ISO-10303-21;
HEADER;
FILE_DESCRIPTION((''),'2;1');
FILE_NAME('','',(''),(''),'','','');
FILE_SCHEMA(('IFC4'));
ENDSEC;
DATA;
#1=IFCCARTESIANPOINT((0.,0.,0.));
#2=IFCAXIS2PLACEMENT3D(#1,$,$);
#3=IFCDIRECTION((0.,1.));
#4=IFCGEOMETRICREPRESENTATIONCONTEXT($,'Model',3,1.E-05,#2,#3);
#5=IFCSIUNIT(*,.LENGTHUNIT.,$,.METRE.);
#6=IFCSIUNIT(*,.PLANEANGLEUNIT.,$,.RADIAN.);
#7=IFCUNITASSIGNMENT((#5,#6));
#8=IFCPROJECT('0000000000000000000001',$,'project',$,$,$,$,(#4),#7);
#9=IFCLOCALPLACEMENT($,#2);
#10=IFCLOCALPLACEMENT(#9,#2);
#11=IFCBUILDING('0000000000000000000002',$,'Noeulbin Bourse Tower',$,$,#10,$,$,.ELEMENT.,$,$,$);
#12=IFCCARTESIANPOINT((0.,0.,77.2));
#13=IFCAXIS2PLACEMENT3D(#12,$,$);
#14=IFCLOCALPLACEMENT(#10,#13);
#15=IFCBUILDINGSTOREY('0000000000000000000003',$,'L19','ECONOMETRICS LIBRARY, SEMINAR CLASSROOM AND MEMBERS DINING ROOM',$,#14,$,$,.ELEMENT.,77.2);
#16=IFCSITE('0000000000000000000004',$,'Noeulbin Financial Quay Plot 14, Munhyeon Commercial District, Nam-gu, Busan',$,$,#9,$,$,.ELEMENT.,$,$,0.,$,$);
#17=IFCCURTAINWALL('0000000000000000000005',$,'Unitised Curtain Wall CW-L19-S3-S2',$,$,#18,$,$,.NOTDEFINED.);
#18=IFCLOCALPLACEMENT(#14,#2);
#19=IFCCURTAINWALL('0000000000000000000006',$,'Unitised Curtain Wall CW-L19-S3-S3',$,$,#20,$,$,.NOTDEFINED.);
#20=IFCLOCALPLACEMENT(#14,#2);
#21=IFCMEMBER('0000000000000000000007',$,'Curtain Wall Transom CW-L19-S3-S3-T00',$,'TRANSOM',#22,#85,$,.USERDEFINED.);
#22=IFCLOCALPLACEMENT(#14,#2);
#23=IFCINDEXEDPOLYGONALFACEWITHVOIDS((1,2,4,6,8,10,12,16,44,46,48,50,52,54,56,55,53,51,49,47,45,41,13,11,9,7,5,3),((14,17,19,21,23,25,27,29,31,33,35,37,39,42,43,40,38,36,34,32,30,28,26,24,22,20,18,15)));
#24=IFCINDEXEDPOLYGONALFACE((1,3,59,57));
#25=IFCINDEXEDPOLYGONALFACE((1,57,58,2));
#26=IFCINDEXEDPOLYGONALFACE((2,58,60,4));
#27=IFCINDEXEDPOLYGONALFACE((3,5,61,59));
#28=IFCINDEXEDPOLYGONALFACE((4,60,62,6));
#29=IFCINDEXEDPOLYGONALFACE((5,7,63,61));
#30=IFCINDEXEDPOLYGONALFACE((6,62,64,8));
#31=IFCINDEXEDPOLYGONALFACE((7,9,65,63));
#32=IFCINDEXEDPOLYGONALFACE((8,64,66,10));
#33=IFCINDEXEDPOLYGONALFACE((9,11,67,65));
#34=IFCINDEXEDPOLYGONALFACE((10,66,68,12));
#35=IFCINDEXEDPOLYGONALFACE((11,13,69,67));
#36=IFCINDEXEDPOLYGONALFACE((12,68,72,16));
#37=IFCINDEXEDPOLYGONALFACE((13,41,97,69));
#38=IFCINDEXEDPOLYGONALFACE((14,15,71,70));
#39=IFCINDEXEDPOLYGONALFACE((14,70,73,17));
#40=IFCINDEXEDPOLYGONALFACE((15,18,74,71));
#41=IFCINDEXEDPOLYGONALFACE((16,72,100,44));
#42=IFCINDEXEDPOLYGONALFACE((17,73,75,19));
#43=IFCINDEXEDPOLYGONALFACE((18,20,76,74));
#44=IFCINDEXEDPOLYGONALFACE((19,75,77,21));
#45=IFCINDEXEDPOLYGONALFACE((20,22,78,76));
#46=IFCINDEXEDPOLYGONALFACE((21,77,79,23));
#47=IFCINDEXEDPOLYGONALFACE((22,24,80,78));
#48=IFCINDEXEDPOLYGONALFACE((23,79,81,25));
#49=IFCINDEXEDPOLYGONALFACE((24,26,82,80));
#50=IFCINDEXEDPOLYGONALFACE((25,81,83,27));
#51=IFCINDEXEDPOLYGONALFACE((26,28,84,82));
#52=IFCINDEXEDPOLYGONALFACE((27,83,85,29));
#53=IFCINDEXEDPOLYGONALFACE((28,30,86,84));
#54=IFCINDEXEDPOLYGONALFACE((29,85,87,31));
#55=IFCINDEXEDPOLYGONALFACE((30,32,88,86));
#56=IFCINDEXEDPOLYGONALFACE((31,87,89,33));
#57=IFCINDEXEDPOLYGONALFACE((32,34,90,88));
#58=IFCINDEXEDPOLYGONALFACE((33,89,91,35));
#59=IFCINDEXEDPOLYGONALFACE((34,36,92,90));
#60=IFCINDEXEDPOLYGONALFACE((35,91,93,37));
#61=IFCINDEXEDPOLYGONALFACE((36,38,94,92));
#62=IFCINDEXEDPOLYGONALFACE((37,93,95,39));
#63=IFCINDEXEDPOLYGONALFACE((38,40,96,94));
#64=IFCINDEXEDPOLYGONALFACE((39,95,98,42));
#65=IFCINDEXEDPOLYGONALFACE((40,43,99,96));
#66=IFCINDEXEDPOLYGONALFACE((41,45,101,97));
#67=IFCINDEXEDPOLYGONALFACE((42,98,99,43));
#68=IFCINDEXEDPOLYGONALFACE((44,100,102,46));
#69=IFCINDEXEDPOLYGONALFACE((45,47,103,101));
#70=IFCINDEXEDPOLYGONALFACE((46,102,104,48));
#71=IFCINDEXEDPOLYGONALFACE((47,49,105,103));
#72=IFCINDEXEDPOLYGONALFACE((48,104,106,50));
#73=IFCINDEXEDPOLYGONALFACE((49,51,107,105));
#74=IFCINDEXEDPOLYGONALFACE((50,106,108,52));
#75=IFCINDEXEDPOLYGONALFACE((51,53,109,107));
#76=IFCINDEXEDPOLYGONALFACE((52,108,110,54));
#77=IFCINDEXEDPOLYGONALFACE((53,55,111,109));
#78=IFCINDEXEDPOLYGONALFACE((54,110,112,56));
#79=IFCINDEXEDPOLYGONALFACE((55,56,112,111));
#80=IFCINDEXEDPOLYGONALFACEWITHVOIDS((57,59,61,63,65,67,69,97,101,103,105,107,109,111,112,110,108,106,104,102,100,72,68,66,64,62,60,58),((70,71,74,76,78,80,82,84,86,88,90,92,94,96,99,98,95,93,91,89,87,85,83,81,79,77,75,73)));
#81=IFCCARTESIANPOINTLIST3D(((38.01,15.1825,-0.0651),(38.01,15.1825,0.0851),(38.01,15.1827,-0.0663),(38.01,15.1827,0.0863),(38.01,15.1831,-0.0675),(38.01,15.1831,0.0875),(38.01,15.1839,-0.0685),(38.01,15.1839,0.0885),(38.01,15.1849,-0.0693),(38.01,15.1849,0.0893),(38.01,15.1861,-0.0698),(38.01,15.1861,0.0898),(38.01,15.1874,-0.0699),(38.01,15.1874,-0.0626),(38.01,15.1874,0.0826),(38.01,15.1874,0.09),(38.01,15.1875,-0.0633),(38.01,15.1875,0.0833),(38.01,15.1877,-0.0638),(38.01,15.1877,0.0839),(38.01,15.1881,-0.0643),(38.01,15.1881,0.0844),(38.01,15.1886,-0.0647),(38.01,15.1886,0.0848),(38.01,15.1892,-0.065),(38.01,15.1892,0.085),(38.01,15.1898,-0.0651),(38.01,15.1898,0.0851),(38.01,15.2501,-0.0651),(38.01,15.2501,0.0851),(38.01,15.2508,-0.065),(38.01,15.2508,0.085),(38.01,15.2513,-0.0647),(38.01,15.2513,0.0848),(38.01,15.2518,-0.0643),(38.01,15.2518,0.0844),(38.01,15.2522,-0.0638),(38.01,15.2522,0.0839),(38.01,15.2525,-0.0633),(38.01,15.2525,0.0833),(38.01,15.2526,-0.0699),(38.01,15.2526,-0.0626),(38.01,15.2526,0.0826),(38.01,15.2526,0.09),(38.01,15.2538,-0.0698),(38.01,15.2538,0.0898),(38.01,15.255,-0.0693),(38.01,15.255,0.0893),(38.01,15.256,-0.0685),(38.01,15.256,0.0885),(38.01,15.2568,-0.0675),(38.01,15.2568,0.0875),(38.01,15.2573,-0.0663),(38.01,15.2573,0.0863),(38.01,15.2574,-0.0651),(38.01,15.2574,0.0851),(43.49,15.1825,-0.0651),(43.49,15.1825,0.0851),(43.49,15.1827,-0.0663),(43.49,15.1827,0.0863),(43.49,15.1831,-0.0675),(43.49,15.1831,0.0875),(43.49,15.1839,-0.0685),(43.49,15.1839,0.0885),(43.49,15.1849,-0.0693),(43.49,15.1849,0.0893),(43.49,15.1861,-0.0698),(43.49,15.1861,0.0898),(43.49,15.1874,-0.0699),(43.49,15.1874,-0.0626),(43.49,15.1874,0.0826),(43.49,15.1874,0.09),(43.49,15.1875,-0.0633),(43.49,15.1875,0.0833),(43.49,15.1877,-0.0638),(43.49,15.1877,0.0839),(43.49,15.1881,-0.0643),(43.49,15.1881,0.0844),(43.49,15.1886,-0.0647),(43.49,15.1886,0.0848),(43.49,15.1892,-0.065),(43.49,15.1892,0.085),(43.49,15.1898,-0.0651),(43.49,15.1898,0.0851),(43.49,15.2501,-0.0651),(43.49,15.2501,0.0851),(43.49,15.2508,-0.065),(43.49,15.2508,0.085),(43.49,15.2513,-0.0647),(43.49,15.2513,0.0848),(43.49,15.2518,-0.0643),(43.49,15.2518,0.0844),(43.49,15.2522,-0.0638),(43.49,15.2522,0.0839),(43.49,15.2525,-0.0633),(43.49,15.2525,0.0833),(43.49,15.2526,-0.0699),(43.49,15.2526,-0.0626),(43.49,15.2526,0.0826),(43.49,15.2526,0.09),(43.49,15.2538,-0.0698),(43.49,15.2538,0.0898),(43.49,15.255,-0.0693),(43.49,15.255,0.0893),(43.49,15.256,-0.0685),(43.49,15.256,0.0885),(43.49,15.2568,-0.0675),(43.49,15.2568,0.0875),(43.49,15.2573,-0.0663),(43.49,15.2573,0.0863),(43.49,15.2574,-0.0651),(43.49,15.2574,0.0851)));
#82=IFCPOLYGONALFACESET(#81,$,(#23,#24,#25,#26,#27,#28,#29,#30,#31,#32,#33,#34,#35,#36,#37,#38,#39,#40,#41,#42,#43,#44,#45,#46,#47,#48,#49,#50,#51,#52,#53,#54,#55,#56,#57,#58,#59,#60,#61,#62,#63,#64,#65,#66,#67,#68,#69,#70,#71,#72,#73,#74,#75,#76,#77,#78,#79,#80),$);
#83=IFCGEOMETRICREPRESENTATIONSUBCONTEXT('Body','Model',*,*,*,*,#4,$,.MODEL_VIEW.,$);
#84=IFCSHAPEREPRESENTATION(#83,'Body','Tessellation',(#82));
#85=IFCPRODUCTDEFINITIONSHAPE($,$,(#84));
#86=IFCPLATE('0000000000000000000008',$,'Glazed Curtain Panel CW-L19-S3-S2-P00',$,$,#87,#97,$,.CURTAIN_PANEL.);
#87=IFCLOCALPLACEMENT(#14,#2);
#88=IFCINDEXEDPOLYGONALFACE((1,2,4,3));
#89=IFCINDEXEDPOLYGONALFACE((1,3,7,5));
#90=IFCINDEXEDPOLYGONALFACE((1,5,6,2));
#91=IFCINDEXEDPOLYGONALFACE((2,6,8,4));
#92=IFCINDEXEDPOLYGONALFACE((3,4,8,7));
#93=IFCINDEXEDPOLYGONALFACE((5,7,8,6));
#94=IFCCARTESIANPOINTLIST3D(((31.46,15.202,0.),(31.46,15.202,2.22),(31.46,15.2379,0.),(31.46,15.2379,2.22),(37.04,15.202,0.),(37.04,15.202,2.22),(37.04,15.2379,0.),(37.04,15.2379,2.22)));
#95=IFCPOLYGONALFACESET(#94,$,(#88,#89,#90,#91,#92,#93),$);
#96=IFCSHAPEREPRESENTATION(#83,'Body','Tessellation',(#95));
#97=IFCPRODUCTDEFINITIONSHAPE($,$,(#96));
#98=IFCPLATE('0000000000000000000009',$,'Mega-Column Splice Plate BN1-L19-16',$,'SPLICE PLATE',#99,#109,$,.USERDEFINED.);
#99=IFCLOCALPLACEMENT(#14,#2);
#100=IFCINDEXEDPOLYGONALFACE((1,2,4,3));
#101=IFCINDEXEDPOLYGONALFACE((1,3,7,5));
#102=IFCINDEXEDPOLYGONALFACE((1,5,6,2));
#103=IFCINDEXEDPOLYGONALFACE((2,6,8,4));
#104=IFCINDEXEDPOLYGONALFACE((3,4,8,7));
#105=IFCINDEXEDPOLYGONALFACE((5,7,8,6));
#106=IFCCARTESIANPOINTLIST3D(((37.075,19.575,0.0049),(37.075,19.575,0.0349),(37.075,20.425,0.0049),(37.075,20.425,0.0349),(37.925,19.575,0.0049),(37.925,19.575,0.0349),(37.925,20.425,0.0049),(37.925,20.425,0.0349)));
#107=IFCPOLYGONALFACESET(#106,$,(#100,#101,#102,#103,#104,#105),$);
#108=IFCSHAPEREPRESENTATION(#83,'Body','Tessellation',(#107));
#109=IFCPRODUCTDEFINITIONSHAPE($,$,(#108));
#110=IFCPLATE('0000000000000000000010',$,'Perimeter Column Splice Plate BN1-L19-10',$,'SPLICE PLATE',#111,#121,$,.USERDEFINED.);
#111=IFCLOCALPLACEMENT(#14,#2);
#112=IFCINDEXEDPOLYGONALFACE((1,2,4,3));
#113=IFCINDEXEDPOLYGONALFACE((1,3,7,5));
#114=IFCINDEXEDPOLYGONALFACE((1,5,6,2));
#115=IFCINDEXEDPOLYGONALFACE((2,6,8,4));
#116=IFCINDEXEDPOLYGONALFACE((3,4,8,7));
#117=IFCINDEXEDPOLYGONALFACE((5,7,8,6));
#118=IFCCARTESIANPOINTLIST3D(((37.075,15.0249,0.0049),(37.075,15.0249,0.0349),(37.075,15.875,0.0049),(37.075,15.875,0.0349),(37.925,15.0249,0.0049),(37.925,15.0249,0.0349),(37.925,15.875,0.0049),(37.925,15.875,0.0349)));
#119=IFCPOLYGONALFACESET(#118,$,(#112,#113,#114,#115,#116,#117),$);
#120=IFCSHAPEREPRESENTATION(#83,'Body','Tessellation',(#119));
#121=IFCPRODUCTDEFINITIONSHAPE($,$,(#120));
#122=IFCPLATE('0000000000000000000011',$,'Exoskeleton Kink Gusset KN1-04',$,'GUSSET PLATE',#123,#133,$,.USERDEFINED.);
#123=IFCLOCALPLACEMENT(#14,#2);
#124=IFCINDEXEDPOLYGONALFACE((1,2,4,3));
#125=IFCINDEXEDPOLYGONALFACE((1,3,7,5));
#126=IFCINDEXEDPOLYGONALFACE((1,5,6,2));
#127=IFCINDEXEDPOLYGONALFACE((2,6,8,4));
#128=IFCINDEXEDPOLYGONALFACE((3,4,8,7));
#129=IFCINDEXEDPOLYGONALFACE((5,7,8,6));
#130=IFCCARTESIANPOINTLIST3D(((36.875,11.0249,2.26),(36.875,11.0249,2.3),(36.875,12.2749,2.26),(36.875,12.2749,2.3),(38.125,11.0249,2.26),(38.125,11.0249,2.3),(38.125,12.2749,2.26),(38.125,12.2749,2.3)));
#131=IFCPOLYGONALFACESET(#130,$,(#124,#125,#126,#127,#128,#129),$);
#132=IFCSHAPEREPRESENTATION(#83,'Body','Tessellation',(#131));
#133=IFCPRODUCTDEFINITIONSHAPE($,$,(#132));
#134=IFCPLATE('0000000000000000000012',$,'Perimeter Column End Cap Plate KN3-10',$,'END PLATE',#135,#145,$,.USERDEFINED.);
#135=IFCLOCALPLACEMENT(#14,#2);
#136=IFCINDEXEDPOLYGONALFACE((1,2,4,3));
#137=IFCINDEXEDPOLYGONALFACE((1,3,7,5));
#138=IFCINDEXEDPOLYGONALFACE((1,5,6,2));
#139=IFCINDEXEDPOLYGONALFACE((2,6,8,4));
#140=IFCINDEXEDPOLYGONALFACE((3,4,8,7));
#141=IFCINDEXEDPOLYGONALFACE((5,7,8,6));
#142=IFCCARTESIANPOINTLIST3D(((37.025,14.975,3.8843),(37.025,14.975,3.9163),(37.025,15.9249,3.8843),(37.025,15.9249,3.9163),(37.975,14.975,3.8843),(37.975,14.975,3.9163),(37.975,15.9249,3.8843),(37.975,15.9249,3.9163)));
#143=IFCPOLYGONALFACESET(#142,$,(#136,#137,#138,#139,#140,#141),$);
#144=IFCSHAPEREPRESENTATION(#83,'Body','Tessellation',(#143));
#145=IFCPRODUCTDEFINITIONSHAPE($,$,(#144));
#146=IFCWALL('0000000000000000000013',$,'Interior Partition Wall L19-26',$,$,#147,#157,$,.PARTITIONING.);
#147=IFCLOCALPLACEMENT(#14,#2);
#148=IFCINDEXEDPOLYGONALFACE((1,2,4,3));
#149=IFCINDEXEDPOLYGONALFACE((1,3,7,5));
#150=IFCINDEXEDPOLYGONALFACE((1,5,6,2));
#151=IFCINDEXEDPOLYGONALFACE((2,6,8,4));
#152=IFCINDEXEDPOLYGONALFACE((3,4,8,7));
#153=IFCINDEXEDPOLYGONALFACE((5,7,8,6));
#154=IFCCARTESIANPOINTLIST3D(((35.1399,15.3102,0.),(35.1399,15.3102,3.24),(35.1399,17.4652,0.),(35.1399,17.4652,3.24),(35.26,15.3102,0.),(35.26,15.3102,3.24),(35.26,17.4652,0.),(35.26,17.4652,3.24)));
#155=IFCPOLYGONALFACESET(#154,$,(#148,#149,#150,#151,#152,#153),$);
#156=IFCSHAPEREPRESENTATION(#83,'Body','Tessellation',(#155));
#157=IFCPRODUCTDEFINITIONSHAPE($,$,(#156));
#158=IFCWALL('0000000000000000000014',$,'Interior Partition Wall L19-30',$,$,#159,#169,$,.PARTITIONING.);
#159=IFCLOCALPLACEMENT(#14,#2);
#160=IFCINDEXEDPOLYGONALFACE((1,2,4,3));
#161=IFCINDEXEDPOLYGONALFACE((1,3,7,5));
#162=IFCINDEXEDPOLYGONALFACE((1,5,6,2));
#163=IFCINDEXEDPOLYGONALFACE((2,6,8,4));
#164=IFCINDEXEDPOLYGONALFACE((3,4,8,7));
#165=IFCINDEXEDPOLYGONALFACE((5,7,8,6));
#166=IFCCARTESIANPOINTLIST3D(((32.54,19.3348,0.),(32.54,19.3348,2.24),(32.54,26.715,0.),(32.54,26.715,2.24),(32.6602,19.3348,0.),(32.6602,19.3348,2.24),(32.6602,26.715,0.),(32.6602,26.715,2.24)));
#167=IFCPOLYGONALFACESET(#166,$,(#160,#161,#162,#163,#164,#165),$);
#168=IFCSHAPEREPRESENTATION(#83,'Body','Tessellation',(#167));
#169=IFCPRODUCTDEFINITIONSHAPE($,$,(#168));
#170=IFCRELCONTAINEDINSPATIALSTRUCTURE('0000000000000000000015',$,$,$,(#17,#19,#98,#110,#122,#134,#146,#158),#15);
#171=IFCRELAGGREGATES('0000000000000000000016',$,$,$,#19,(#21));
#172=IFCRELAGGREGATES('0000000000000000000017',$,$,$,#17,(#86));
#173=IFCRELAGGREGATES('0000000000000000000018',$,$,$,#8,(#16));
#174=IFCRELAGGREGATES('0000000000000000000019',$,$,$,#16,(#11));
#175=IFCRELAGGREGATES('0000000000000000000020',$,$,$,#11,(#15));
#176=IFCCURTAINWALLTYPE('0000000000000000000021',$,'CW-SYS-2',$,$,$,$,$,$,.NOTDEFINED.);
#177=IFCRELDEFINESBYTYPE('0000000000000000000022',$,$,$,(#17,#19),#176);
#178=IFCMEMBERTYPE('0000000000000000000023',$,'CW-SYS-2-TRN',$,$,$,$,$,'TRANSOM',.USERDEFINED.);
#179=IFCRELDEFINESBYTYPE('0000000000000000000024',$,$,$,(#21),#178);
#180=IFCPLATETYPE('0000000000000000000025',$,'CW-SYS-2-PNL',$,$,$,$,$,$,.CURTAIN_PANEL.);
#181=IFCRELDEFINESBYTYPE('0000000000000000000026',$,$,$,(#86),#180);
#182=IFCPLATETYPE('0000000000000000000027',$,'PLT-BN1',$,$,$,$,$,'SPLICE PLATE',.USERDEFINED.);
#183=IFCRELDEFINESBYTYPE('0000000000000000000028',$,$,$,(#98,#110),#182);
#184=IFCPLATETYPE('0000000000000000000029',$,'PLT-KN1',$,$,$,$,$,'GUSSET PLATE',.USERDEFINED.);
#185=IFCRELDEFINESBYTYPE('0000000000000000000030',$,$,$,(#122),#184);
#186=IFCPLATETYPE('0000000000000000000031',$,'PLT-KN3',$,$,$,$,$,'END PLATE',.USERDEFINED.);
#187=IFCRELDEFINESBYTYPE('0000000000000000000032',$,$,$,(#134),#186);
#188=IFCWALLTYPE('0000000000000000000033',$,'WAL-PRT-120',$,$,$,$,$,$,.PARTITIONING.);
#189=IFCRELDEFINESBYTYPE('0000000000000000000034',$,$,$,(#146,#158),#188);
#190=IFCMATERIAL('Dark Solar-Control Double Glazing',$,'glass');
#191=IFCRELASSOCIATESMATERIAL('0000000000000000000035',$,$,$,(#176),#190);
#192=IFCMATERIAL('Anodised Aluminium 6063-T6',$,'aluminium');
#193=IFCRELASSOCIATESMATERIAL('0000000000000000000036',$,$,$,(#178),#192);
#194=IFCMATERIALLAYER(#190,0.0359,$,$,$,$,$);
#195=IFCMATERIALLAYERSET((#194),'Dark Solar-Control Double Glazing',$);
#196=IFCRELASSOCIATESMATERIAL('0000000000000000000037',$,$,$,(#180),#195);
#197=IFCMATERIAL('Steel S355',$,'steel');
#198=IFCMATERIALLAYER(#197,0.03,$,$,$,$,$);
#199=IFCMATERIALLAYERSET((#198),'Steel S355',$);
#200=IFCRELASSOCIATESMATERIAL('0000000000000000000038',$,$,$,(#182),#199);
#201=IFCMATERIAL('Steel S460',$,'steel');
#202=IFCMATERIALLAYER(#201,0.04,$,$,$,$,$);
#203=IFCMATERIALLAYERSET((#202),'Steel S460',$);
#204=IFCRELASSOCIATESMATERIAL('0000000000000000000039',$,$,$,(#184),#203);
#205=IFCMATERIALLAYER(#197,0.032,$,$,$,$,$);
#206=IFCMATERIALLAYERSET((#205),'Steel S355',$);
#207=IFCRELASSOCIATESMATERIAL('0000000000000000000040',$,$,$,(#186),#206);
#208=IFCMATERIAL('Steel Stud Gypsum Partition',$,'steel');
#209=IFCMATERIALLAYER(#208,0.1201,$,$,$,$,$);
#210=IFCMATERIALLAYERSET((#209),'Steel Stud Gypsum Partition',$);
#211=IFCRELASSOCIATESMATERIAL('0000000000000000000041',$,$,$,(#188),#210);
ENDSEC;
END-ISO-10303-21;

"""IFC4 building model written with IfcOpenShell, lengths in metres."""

from ifc_helpers import new_model, si_unit, direction, frame, frame_2d, origin, origin_2d, place, context, subcontext, project, spatial, rectangle, hollow_rectangle, extrude, material, layer, layer_set, material_profile, profile_set, type_object, element, aggregate, save


model = new_model("IFC4")

# Units and contexts
model_context = context("Model", 3, precision=1e-05, world=origin(), true_north=direction((0.0, 1.0)))
body_context = subcontext(model_context, "Body", "Model", "MODEL_VIEW")
ifc_project = project(units=[si_unit("LENGTHUNIT", "METRE"), si_unit("PLANEANGLEUNIT", "RADIAN")], contexts=[model_context])

# Site, building, storey
site_placement = place(None, origin())
site = spatial("IfcSite", under=ifc_project, at=site_placement, Name="Noeulbin Financial Quay Plot 14, Munhyeon Commercial District, Nam-gu, Busan", CompositionType="ELEMENT", RefElevation=0.0)
building_placement = place(site_placement, origin())
building = spatial("IfcBuilding", under=site, at=building_placement, Name="Noeulbin Bourse Tower", CompositionType="ELEMENT")
storey_placement = place(building_placement, frame((0.0, 0.0, 77.2)))
storey = spatial("IfcBuildingStorey", under=building, at=storey_placement, Name="L19", Description="ECONOMETRICS LIBRARY, SEMINAR CLASSROOM AND MEMBERS DINING ROOM", CompositionType="ELEMENT", Elevation=77.2)

# Shared definitions
ifc_material_1 = material(Name="Steel S355", Category="steel")
ifc_material_2 = material(Name="Steel S460", Category="steel")

# Curtain wall
ifc_material_3 = material(Name="Dark Solar-Control Double Glazing", Category="glass")
curtain_wall_type = type_object("IfcCurtainWallType", Name="CW-SYS-2", PredefinedType="NOTDEFINED", material=ifc_material_3)
curtain_wall_1_placement = place(storey_placement, origin())
curtain_wall_1 = element("IfcCurtainWall", 1, at=curtain_wall_1_placement, inside=storey, type_object=curtain_wall_type, Name="Unitised Curtain Wall CW-L19-S3-S2", PredefinedType="NOTDEFINED")
ifc_material_4 = material(Name="Anodised Aluminium 6063-T6", Category="aluminium")

# Curtain wall, member
curtain_wall_2_placement = place(storey_placement, origin())
curtain_wall_2 = element("IfcCurtainWall", 2, at=curtain_wall_2_placement, inside=storey, type_object=curtain_wall_type, Name="Unitised Curtain Wall CW-L19-S3-S3", PredefinedType="NOTDEFINED")
ifc_material_profile_1 = material_profile(ifc_material_4, hollow_rectangle(XDim=0.075, YDim=0.1599, WallThickness=0.0049, InnerFilletRadius=0.0024, OuterFilletRadius=0.0049, at=origin_2d()), Name="ALU-TRAN-75x160x5", Category="LoadBearing")
ifc_profile_set_1 = profile_set([ifc_material_profile_1], Name="Anodised Aluminium 6063-T6")
member_type_1 = type_object("IfcMemberType", Name="CW-SYS-2-TRN", ElementType="TRANSOM", PredefinedType="USERDEFINED", material=ifc_profile_set_1)
member_1_placement = place(storey_placement, frame((38.01, 15.22, 0.01), z_axis=(1.0, 0.0, 0.0), x_axis=(0.0, 1.0, 0.0)))
member_1 = element("IfcMember", 3, at=member_1_placement, type_object=member_type_1, Name="Curtain Wall Transom CW-L19-S3-S3-T00", ObjectType="TRANSOM", PredefinedType="USERDEFINED", context=body_context, shape_type="SweptSolid", body=[
    extrude(hollow_rectangle(XDim=0.075, YDim=0.1599, WallThickness=0.0049, InnerFilletRadius=0.0024, OuterFilletRadius=0.0049, at=origin_2d()), origin(), (0.0, 0.0, 1.0), 5.48),
])
aggregate(curtain_wall_2, [member_1])

# Plate
ifc_layer_1 = layer(ifc_material_3, 0.0359)
ifc_layer_set_1 = layer_set([ifc_layer_1], Name="Dark Solar-Control Double Glazing")
plate_type_1 = type_object("IfcPlateType", Name="CW-SYS-2-PNL", PredefinedType="CURTAIN_PANEL", material=ifc_layer_set_1)
plate_1_placement = place(storey_placement, frame((34.25, 15.22, 0.0), z_axis=(0.0, 0.0, 1.0), x_axis=(1.0, 0.0, 0.0)))
plate_1 = element("IfcPlate", 4, at=plate_1_placement, type_object=plate_type_1, Name="Glazed Curtain Panel CW-L19-S3-S2-P00", PredefinedType="CURTAIN_PANEL", context=body_context, shape_type="SweptSolid", body=[
    extrude(rectangle(XDim=5.5801, YDim=0.0359, at=origin_2d()), origin(), (0.0, 0.0, 1.0), 2.22),
])
aggregate(curtain_wall_1, [plate_1])

# Plates
ifc_layer_2 = layer(ifc_material_1, 0.03)
ifc_layer_set_2 = layer_set([ifc_layer_2], Name="Steel S355")
plate_type_2 = type_object("IfcPlateType", Name="PLT-BN1", ElementType="SPLICE PLATE", PredefinedType="USERDEFINED", material=ifc_layer_set_2)
for number, where, z_axis, x_axis, name in (
    (5, (37.5, 20.0, 0.0049), (0.0, 0.0, 1.0), (1.0, 0.0, 0.0), "Mega-Column Splice Plate BN1-L19-16"),
    (6, (37.5, 15.45, 0.0049), (0.0, 0.0, 1.0), (1.0, 0.0, 0.0), "Perimeter Column Splice Plate BN1-L19-10"),
):
    element("IfcPlate", number, at=place(storey_placement, frame(where, z_axis=z_axis, x_axis=x_axis)), inside=storey, type_object=plate_type_2, Name=name, ObjectType="SPLICE PLATE", PredefinedType="USERDEFINED", context=body_context, shape_type="SweptSolid", body=[
        extrude(rectangle(XDim=0.8501, YDim=0.8501, at=origin_2d()), origin(), (0.0, 0.0, 1.0), 0.03),
    ])
ifc_layer_3 = layer(ifc_material_2, 0.04)
ifc_layer_set_3 = layer_set([ifc_layer_3], Name="Steel S460")
plate_type_3 = type_object("IfcPlateType", Name="PLT-KN1", ElementType="GUSSET PLATE", PredefinedType="USERDEFINED", material=ifc_layer_set_3)
plate_2_placement = place(storey_placement, frame((37.5, 11.6499, 2.26), z_axis=(0.0, 0.0, 1.0), x_axis=(1.0, 0.0, 0.0)))
element("IfcPlate", 7, at=plate_2_placement, inside=storey, type_object=plate_type_3, Name="Exoskeleton Kink Gusset KN1-04", ObjectType="GUSSET PLATE", PredefinedType="USERDEFINED", context=body_context, shape_type="SweptSolid", body=[
    extrude(rectangle(XDim=1.25, YDim=1.25, at=origin_2d()), origin(), (0.0, 0.0, 1.0), 0.04),
])
ifc_layer_4 = layer(ifc_material_1, 0.032)
ifc_layer_set_4 = layer_set([ifc_layer_4], Name="Steel S355")
plate_type_4 = type_object("IfcPlateType", Name="PLT-KN3", ElementType="END PLATE", PredefinedType="USERDEFINED", material=ifc_layer_set_4)
plate_3_placement = place(storey_placement, frame((37.5, 15.45, 3.8843), z_axis=(0.0, 0.0, 1.0), x_axis=(1.0, 0.0, 0.0)))
element("IfcPlate", 8, at=plate_3_placement, inside=storey, type_object=plate_type_4, Name="Perimeter Column End Cap Plate KN3-10", ObjectType="END PLATE", PredefinedType="USERDEFINED", context=body_context, shape_type="SweptSolid", body=[
    extrude(rectangle(XDim=0.95, YDim=0.95, at=origin_2d()), origin(), (0.0, 0.0, 1.0), 0.032),
])

# Walls
ifc_material_5 = material(Name="Steel Stud Gypsum Partition", Category="steel")
ifc_layer_5 = layer(ifc_material_5, 0.1201)
ifc_layer_set_5 = layer_set([ifc_layer_5], Name="Steel Stud Gypsum Partition")
wall_type = type_object("IfcWallType", Name="WAL-PRT-120", PredefinedType="PARTITIONING", material=ifc_layer_set_5)
wall_1_placement = place(storey_placement, frame((35.2, 15.3101, 0.0), z_axis=(0.0, 0.0, 1.0), x_axis=(0.0, 1.0, 0.0)))
element("IfcWall", 9, at=wall_1_placement, inside=storey, type_object=wall_type, Name="Interior Partition Wall L19-26", PredefinedType="PARTITIONING", context=body_context, shape_type="SweptSolid", body=[
    extrude(rectangle(XDim=2.155, YDim=0.1201, at=frame_2d((1.0776, 0.0))), origin(), (0.0, 0.0, 1.0), 3.24),
])
wall_2_placement = place(storey_placement, frame((32.6001, 19.335, 0.0), z_axis=(0.0, 0.0, 1.0), x_axis=(0.0, 1.0, 0.0)))
element("IfcWall", 10, at=wall_2_placement, inside=storey, type_object=wall_type, Name="Interior Partition Wall L19-30", PredefinedType="PARTITIONING", context=body_context, shape_type="SweptSolid", body=[
    extrude(rectangle(XDim=7.3801, YDim=0.1201, at=frame_2d((3.6899, 0.0))), origin(), (0.0, 0.0, 1.0), 2.24),
])

save(model, "model.ifc")
